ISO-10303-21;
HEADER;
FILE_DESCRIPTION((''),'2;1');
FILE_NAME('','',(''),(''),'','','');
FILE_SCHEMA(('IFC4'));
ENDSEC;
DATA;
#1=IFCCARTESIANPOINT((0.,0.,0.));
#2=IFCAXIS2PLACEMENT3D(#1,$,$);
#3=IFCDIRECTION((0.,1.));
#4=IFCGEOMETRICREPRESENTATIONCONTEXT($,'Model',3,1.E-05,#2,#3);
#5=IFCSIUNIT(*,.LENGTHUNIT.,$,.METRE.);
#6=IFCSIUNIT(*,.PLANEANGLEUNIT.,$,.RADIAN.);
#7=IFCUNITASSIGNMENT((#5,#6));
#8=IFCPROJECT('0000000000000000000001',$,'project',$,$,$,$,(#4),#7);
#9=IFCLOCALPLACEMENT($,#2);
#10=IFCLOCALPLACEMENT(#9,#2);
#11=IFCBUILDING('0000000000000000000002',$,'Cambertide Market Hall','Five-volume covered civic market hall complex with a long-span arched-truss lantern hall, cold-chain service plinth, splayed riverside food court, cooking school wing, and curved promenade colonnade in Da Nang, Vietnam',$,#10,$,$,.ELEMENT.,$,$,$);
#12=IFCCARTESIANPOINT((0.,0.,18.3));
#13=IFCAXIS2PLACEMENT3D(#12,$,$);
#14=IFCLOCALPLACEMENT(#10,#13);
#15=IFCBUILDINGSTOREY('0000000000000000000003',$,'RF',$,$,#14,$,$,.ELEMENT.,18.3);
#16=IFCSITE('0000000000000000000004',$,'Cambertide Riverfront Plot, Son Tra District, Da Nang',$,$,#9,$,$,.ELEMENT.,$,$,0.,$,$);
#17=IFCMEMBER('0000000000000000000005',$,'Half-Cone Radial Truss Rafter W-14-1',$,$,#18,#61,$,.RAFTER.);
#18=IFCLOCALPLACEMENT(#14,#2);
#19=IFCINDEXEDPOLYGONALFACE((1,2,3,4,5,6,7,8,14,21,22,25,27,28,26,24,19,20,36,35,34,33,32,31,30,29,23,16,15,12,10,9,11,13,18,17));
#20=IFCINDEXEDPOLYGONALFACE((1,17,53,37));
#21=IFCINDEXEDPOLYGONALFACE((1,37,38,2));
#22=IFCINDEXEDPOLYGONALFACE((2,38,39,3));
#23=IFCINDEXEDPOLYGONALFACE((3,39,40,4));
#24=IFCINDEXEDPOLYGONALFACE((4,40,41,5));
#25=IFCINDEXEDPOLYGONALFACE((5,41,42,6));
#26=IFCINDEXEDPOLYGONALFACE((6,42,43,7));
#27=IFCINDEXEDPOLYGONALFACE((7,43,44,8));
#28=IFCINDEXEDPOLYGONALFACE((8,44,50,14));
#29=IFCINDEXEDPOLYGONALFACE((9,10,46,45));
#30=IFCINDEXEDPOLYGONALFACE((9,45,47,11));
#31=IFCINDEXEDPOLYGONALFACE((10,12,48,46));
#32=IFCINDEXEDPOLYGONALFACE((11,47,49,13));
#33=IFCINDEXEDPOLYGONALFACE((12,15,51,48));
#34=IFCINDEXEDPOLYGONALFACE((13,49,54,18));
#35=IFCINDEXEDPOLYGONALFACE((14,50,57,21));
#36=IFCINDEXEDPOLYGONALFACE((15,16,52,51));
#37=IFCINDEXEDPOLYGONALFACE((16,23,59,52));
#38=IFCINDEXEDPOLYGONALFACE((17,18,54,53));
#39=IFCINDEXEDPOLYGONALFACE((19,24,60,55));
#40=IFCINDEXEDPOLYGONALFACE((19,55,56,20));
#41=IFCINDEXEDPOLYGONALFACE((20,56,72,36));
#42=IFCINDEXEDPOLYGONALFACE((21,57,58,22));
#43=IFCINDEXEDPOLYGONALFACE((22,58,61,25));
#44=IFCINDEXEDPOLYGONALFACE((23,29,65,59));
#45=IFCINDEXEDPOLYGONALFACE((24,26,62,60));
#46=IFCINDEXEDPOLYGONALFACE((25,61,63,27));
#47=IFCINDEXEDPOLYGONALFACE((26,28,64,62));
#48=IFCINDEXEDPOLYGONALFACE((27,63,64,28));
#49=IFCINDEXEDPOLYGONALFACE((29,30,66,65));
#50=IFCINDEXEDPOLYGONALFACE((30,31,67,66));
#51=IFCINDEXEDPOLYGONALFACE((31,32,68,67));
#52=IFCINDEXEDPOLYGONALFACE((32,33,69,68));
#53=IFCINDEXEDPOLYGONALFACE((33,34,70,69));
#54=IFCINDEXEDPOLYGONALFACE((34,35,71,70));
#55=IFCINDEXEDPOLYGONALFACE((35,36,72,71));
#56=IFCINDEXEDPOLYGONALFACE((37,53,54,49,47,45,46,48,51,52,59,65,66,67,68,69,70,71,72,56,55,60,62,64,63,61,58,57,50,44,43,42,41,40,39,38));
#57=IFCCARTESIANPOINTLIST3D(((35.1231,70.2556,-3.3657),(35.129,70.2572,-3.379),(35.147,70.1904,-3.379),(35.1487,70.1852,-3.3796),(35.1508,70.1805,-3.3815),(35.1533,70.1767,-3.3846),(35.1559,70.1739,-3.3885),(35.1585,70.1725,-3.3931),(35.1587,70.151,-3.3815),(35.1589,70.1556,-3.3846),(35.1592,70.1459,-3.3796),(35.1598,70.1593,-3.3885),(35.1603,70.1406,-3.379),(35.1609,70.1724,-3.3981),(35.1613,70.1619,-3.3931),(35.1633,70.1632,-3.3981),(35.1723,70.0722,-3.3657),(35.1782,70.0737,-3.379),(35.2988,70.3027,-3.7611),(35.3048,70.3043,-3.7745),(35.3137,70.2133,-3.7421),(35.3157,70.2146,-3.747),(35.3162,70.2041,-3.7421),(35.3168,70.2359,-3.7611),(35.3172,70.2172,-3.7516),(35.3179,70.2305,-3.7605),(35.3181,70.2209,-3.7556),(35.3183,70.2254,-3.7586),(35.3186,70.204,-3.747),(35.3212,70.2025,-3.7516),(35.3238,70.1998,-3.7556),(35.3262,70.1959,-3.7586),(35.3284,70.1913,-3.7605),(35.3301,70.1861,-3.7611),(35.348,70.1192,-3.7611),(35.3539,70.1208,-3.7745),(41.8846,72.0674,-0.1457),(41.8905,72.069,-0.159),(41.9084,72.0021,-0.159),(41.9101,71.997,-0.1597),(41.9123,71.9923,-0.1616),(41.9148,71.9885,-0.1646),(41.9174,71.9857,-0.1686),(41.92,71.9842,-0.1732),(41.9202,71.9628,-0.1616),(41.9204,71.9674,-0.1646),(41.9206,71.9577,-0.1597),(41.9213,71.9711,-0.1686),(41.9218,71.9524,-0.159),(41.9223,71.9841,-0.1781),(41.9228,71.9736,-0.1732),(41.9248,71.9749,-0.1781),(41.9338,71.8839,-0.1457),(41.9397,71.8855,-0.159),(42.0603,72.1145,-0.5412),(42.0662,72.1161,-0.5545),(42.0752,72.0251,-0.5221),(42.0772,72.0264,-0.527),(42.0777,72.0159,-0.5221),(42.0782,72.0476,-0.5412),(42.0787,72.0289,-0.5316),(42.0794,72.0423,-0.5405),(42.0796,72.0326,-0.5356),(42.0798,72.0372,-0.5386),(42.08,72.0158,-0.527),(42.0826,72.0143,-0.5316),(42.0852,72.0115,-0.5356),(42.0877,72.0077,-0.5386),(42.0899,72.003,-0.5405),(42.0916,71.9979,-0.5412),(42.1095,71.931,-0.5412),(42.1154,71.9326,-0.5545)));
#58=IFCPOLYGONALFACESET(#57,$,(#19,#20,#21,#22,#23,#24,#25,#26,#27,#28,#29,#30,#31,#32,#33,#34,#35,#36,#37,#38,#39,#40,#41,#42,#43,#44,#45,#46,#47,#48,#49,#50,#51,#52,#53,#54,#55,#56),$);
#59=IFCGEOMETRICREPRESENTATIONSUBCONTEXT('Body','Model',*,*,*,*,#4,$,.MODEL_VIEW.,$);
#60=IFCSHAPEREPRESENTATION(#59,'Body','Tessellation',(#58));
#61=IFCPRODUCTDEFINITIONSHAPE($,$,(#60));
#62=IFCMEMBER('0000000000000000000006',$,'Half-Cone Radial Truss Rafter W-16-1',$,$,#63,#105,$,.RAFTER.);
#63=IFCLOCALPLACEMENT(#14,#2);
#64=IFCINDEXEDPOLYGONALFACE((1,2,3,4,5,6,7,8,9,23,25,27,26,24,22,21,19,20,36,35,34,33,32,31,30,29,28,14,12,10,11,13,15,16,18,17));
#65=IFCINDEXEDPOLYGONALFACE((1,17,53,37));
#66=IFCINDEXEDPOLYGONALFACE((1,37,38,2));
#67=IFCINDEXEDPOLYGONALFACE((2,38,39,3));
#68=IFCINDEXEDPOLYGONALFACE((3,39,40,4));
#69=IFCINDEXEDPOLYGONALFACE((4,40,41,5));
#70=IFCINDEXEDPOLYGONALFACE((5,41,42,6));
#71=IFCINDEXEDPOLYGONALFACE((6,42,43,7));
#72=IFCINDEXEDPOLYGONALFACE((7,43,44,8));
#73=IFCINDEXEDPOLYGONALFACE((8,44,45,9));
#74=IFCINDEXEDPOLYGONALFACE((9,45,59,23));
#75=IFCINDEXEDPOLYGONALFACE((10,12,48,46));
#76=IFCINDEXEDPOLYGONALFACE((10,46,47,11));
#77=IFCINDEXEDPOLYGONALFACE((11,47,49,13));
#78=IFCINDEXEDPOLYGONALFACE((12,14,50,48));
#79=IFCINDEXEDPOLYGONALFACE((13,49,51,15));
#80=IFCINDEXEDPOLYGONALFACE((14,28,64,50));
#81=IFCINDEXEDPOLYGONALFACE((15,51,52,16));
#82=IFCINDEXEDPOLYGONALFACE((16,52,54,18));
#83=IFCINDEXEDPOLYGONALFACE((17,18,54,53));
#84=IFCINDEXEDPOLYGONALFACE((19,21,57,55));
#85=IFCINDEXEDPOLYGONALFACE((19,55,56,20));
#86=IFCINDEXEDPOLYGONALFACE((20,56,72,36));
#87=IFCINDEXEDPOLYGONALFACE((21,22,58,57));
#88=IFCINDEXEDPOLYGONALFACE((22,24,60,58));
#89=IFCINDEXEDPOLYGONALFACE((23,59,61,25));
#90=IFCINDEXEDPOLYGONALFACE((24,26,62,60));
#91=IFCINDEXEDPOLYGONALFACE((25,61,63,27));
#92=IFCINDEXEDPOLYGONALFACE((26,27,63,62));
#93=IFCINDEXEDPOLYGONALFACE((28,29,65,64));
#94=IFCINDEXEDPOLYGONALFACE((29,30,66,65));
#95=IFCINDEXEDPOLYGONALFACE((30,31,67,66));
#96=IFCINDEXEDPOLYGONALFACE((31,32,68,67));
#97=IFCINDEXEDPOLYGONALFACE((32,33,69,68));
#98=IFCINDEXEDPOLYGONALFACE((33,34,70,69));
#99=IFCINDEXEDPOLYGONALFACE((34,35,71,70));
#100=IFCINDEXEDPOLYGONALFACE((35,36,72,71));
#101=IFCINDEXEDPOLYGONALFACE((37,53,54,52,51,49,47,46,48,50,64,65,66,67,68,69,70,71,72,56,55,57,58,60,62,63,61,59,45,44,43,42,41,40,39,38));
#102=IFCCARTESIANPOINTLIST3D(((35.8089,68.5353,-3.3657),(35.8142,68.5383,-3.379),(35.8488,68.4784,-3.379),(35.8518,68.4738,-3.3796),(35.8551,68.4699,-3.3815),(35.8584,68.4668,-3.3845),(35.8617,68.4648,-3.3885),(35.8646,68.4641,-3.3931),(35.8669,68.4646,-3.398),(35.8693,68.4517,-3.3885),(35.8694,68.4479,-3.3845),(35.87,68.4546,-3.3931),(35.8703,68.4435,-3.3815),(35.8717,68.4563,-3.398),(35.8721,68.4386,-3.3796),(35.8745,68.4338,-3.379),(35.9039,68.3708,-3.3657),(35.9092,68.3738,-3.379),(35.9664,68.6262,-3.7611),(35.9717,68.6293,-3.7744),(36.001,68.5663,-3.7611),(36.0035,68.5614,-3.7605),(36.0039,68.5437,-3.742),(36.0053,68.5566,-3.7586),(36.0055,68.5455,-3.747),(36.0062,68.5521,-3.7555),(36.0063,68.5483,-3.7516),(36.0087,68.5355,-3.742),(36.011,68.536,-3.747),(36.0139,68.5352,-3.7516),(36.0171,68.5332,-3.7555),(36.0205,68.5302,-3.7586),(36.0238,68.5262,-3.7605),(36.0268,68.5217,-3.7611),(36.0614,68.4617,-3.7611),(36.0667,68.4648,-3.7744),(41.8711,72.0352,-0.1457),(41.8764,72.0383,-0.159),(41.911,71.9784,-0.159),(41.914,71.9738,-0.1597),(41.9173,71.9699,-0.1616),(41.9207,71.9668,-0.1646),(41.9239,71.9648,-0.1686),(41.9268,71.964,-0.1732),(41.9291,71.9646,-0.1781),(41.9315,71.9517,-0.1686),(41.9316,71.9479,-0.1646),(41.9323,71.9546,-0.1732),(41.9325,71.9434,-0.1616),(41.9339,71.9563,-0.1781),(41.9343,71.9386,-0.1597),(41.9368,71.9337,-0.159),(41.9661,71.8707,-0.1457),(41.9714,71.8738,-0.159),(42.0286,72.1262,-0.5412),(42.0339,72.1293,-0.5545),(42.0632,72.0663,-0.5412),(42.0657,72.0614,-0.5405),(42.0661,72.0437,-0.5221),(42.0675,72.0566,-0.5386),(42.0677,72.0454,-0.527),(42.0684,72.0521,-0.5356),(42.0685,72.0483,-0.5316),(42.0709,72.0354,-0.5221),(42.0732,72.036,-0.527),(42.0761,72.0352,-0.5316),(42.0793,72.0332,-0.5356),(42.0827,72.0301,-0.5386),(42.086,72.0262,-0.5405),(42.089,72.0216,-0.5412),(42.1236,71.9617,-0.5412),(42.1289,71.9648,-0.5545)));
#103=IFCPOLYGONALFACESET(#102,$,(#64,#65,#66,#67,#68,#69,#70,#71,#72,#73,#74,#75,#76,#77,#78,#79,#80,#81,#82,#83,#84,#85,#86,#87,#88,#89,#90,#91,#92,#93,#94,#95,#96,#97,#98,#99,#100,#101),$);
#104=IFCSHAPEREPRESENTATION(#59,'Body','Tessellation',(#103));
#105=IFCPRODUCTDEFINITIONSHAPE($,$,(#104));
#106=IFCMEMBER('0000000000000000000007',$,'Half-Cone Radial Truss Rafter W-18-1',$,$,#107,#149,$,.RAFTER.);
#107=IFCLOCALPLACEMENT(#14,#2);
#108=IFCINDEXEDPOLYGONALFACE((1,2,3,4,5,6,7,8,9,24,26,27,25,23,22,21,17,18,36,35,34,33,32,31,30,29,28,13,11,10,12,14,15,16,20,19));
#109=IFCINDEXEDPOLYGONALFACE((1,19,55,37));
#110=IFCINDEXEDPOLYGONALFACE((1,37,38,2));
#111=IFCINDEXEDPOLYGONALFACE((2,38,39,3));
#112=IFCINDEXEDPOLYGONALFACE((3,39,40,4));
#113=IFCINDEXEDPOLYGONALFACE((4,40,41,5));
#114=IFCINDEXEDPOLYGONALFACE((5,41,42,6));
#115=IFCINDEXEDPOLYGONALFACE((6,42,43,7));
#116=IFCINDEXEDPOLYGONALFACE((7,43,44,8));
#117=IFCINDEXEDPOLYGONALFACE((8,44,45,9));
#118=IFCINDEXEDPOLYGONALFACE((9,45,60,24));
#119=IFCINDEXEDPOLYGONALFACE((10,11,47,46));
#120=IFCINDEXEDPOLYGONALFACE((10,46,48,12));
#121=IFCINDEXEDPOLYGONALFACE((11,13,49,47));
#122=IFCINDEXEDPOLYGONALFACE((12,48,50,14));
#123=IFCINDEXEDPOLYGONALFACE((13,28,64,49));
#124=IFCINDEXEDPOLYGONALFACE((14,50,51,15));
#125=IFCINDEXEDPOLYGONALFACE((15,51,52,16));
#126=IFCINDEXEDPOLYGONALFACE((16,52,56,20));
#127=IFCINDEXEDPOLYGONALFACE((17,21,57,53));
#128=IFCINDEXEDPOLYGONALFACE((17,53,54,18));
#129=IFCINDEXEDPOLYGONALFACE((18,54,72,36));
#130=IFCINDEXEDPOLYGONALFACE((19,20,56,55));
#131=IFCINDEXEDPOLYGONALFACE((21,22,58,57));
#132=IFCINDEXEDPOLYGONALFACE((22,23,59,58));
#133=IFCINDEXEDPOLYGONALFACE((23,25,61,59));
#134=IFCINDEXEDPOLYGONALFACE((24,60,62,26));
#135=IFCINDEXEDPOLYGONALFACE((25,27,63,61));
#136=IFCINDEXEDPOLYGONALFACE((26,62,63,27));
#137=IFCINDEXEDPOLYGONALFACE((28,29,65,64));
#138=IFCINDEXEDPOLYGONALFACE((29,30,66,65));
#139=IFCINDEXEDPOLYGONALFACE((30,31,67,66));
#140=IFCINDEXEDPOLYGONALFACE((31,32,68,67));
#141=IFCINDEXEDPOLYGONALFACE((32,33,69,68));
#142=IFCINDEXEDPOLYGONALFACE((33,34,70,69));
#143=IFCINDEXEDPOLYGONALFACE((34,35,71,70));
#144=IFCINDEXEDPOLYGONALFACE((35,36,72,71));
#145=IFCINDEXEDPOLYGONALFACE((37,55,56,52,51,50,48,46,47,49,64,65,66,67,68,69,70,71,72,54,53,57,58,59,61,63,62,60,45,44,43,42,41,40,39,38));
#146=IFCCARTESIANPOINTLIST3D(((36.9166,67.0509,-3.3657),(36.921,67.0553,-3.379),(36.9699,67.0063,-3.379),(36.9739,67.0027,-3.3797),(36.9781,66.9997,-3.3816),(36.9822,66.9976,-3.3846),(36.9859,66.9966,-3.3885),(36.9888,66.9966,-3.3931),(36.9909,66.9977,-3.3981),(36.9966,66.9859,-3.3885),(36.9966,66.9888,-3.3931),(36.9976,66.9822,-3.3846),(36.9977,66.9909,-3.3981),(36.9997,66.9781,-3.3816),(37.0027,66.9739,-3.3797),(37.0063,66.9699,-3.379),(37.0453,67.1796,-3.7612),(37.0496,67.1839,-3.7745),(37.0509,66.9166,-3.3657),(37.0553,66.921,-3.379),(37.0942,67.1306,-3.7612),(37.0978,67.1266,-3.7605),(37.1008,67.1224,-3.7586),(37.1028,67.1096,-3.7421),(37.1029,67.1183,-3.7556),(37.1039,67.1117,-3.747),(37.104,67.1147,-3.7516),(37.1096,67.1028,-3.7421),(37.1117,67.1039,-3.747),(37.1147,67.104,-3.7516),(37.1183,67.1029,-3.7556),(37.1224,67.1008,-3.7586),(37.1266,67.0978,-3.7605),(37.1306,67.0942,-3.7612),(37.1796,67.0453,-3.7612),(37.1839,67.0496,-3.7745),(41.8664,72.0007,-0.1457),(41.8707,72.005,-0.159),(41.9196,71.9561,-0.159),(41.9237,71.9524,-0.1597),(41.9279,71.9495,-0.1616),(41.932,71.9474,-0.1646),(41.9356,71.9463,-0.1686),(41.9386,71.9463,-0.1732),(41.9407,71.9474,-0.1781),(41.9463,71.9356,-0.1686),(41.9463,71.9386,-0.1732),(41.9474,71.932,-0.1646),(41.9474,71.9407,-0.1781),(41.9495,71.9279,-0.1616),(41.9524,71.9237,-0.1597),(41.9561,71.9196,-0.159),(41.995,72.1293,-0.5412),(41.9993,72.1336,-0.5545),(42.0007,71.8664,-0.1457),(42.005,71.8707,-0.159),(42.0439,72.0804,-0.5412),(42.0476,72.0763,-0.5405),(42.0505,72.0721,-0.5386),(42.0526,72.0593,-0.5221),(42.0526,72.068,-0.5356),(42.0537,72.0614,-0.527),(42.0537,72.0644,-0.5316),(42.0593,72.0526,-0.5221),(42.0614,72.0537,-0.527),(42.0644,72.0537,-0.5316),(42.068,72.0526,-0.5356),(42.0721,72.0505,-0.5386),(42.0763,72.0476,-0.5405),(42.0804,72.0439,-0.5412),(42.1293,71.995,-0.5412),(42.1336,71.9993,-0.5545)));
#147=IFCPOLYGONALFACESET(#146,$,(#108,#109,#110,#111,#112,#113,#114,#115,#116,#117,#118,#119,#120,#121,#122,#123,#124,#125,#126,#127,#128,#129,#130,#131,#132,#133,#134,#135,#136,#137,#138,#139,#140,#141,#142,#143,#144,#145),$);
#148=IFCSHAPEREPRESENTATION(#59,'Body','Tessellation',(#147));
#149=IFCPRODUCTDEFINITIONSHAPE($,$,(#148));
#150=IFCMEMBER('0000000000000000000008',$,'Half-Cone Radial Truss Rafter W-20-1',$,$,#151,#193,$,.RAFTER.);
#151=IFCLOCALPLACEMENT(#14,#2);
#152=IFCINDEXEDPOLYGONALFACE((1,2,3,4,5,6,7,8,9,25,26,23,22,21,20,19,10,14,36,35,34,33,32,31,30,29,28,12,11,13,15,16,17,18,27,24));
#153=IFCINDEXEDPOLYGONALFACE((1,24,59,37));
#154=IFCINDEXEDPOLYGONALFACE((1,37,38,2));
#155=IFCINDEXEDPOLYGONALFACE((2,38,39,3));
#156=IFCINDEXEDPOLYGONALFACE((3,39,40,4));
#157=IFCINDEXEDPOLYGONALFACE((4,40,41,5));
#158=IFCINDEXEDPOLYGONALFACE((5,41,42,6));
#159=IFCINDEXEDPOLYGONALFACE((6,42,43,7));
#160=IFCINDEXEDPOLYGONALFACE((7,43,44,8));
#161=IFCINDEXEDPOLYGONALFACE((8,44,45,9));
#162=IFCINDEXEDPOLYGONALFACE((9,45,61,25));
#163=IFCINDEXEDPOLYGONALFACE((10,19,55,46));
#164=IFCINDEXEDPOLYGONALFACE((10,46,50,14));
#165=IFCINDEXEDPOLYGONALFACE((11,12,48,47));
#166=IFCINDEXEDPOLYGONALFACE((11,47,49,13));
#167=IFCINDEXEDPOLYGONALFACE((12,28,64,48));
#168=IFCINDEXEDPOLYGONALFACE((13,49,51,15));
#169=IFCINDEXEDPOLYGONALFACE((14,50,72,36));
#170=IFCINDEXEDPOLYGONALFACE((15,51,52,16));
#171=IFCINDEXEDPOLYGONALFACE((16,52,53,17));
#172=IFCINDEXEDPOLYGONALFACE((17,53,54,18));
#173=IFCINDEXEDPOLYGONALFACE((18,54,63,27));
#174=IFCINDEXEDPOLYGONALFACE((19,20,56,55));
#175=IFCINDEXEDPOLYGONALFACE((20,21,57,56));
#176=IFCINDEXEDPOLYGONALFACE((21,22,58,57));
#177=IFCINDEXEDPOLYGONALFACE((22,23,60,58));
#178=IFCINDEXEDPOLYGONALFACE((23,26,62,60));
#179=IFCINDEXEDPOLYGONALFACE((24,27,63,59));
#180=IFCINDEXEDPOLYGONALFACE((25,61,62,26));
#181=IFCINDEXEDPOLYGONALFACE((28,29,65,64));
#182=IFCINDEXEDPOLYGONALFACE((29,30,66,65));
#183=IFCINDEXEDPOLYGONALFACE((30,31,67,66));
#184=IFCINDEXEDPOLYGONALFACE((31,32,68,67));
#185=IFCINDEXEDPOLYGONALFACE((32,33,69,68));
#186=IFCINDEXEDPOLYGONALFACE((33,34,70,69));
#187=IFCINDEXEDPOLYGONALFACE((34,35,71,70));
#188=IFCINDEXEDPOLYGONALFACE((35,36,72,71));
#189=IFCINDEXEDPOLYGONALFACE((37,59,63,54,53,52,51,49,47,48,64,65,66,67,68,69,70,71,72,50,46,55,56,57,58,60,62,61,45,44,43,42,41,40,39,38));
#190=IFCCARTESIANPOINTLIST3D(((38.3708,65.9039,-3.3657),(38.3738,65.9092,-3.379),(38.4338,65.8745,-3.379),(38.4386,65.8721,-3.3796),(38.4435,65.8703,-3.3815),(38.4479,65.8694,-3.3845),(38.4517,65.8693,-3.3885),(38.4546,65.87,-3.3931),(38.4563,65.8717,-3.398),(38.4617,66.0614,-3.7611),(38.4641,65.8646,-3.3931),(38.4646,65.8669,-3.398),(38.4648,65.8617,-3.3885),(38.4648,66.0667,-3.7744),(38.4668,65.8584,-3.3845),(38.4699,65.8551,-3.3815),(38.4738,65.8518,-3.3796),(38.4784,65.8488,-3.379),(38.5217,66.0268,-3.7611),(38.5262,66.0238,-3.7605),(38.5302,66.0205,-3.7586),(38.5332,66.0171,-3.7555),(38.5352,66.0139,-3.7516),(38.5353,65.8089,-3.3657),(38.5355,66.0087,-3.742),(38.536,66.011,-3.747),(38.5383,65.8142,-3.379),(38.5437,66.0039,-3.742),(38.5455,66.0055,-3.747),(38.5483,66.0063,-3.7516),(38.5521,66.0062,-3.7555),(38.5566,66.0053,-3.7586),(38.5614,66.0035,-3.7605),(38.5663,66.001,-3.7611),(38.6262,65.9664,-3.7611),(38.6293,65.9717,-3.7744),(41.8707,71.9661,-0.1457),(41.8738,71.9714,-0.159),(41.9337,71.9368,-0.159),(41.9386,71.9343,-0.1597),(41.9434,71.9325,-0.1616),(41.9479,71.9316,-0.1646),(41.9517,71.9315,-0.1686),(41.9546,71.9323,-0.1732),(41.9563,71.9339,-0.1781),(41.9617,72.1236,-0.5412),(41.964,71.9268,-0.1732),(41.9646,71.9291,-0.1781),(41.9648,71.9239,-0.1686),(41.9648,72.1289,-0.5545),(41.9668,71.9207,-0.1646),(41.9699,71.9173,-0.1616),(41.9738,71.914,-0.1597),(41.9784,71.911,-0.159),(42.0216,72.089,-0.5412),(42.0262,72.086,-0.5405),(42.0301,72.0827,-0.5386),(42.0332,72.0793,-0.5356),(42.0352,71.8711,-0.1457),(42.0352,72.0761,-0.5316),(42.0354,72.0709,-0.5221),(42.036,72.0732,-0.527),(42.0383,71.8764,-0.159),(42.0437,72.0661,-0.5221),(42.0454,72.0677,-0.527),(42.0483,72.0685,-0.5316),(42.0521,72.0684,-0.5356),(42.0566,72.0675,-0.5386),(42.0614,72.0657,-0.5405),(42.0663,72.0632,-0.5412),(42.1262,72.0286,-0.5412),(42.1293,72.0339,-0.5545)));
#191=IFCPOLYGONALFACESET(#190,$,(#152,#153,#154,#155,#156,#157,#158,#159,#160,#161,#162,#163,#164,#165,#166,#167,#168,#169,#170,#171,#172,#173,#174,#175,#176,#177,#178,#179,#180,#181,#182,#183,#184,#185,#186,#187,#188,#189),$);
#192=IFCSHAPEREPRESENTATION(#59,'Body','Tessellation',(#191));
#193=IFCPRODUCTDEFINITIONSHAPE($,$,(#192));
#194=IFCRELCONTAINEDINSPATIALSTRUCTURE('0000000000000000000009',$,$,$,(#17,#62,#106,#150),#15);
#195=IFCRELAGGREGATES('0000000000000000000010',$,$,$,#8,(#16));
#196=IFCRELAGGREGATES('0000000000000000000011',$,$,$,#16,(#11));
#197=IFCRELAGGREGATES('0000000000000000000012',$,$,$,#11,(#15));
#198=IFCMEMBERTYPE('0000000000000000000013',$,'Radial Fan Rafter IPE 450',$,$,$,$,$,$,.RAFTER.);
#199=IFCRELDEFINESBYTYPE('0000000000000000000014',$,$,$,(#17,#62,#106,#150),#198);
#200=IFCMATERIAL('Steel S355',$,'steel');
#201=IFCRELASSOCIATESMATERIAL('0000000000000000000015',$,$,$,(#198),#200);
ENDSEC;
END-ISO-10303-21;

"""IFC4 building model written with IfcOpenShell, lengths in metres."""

from ifc_helpers import new_model, si_unit, direction, frame, origin, origin_2d, place, context, subcontext, project, spatial, i_section, extrude, material, material_profile, profile_set, type_object, element, save


model = new_model("IFC4")

# Units and contexts
model_context = context("Model", 3, precision=1e-05, world=origin(), true_north=direction((0.0, 1.0)))
body_context = subcontext(model_context, "Body", "Model", "MODEL_VIEW")
ifc_project = project(units=[si_unit("LENGTHUNIT", "METRE"), si_unit("PLANEANGLEUNIT", "RADIAN")], contexts=[model_context])

# Site, building, storey
site_placement = place(None, origin())
site = spatial("IfcSite", under=ifc_project, at=site_placement, Name="Cambertide Riverfront Plot, Son Tra District, Da Nang", CompositionType="ELEMENT", RefElevation=0.0)
building_placement = place(site_placement, origin())
building = spatial("IfcBuilding", under=site, at=building_placement, Name="Cambertide Market Hall", Description="Five-volume covered civic market hall complex with a long-span arched-truss lantern hall, cold-chain service plinth, splayed riverside food court, cooking school wing, and curved promenade colonnade in Da Nang, Vietnam", CompositionType="ELEMENT")
storey_placement = place(building_placement, frame((0.0, 0.0, 18.3)))
storey = spatial("IfcBuildingStorey", under=building, at=storey_placement, Name="RF", CompositionType="ELEMENT", Elevation=18.3)

# Members
ifc_material_1 = material(Name="Steel S355", Category="steel")
ifc_material_profile_1 = material_profile(ifc_material_1, i_section(OverallWidth=0.1899, OverallDepth=0.45, WebThickness=0.0095, FlangeThickness=0.0146, FilletRadius=0.021, at=origin_2d()), Name="IPE 450")
ifc_profile_set_1 = profile_set([ifc_material_profile_1], Name="Steel S355")
member_type_1 = type_object("IfcMemberType", Name="Radial Fan Rafter IPE 450", PredefinedType="RAFTER", material=ifc_profile_set_1)
for number, where, z_axis, x_axis, name in (
    (1, (42.0, 72.0, -0.3501), (-0.877535, -0.235139, -0.417902), (0.258824, -0.965925, 0.0), "Half-Cone Radial Truss Rafter W-14-1"),
    (2, (42.0, 72.0, -0.3501), (-0.786781, -0.454242, -0.417899), (0.499995, -0.866028, 0.0), "Half-Cone Radial Truss Rafter W-16-1"),
    (3, (42.0, 72.0, -0.3501), (-0.6424, -0.6424, -0.417905), (0.707107, -0.707107, 0.0), "Half-Cone Radial Truss Rafter W-18-1"),
    (4, (42.0, 72.0, -0.3501), (-0.454242, -0.786781, -0.417899), (0.866028, -0.499995, 0.0), "Half-Cone Radial Truss Rafter W-20-1"),
):
    element("IfcMember", number, at=place(storey_placement, frame(where, z_axis=z_axis, x_axis=x_axis)), inside=storey, type_object=member_type_1, Name=name, PredefinedType="RAFTER", context=body_context, shape_type="SweptSolid", body=[
        extrude(i_section(OverallWidth=0.1899, OverallDepth=0.45, WebThickness=0.0095, FlangeThickness=0.0146, FilletRadius=0.021, at=origin_2d()), origin(), (0.0, 0.0, 1.0), 7.7051),
    ])

save(model, "model.ifc")
